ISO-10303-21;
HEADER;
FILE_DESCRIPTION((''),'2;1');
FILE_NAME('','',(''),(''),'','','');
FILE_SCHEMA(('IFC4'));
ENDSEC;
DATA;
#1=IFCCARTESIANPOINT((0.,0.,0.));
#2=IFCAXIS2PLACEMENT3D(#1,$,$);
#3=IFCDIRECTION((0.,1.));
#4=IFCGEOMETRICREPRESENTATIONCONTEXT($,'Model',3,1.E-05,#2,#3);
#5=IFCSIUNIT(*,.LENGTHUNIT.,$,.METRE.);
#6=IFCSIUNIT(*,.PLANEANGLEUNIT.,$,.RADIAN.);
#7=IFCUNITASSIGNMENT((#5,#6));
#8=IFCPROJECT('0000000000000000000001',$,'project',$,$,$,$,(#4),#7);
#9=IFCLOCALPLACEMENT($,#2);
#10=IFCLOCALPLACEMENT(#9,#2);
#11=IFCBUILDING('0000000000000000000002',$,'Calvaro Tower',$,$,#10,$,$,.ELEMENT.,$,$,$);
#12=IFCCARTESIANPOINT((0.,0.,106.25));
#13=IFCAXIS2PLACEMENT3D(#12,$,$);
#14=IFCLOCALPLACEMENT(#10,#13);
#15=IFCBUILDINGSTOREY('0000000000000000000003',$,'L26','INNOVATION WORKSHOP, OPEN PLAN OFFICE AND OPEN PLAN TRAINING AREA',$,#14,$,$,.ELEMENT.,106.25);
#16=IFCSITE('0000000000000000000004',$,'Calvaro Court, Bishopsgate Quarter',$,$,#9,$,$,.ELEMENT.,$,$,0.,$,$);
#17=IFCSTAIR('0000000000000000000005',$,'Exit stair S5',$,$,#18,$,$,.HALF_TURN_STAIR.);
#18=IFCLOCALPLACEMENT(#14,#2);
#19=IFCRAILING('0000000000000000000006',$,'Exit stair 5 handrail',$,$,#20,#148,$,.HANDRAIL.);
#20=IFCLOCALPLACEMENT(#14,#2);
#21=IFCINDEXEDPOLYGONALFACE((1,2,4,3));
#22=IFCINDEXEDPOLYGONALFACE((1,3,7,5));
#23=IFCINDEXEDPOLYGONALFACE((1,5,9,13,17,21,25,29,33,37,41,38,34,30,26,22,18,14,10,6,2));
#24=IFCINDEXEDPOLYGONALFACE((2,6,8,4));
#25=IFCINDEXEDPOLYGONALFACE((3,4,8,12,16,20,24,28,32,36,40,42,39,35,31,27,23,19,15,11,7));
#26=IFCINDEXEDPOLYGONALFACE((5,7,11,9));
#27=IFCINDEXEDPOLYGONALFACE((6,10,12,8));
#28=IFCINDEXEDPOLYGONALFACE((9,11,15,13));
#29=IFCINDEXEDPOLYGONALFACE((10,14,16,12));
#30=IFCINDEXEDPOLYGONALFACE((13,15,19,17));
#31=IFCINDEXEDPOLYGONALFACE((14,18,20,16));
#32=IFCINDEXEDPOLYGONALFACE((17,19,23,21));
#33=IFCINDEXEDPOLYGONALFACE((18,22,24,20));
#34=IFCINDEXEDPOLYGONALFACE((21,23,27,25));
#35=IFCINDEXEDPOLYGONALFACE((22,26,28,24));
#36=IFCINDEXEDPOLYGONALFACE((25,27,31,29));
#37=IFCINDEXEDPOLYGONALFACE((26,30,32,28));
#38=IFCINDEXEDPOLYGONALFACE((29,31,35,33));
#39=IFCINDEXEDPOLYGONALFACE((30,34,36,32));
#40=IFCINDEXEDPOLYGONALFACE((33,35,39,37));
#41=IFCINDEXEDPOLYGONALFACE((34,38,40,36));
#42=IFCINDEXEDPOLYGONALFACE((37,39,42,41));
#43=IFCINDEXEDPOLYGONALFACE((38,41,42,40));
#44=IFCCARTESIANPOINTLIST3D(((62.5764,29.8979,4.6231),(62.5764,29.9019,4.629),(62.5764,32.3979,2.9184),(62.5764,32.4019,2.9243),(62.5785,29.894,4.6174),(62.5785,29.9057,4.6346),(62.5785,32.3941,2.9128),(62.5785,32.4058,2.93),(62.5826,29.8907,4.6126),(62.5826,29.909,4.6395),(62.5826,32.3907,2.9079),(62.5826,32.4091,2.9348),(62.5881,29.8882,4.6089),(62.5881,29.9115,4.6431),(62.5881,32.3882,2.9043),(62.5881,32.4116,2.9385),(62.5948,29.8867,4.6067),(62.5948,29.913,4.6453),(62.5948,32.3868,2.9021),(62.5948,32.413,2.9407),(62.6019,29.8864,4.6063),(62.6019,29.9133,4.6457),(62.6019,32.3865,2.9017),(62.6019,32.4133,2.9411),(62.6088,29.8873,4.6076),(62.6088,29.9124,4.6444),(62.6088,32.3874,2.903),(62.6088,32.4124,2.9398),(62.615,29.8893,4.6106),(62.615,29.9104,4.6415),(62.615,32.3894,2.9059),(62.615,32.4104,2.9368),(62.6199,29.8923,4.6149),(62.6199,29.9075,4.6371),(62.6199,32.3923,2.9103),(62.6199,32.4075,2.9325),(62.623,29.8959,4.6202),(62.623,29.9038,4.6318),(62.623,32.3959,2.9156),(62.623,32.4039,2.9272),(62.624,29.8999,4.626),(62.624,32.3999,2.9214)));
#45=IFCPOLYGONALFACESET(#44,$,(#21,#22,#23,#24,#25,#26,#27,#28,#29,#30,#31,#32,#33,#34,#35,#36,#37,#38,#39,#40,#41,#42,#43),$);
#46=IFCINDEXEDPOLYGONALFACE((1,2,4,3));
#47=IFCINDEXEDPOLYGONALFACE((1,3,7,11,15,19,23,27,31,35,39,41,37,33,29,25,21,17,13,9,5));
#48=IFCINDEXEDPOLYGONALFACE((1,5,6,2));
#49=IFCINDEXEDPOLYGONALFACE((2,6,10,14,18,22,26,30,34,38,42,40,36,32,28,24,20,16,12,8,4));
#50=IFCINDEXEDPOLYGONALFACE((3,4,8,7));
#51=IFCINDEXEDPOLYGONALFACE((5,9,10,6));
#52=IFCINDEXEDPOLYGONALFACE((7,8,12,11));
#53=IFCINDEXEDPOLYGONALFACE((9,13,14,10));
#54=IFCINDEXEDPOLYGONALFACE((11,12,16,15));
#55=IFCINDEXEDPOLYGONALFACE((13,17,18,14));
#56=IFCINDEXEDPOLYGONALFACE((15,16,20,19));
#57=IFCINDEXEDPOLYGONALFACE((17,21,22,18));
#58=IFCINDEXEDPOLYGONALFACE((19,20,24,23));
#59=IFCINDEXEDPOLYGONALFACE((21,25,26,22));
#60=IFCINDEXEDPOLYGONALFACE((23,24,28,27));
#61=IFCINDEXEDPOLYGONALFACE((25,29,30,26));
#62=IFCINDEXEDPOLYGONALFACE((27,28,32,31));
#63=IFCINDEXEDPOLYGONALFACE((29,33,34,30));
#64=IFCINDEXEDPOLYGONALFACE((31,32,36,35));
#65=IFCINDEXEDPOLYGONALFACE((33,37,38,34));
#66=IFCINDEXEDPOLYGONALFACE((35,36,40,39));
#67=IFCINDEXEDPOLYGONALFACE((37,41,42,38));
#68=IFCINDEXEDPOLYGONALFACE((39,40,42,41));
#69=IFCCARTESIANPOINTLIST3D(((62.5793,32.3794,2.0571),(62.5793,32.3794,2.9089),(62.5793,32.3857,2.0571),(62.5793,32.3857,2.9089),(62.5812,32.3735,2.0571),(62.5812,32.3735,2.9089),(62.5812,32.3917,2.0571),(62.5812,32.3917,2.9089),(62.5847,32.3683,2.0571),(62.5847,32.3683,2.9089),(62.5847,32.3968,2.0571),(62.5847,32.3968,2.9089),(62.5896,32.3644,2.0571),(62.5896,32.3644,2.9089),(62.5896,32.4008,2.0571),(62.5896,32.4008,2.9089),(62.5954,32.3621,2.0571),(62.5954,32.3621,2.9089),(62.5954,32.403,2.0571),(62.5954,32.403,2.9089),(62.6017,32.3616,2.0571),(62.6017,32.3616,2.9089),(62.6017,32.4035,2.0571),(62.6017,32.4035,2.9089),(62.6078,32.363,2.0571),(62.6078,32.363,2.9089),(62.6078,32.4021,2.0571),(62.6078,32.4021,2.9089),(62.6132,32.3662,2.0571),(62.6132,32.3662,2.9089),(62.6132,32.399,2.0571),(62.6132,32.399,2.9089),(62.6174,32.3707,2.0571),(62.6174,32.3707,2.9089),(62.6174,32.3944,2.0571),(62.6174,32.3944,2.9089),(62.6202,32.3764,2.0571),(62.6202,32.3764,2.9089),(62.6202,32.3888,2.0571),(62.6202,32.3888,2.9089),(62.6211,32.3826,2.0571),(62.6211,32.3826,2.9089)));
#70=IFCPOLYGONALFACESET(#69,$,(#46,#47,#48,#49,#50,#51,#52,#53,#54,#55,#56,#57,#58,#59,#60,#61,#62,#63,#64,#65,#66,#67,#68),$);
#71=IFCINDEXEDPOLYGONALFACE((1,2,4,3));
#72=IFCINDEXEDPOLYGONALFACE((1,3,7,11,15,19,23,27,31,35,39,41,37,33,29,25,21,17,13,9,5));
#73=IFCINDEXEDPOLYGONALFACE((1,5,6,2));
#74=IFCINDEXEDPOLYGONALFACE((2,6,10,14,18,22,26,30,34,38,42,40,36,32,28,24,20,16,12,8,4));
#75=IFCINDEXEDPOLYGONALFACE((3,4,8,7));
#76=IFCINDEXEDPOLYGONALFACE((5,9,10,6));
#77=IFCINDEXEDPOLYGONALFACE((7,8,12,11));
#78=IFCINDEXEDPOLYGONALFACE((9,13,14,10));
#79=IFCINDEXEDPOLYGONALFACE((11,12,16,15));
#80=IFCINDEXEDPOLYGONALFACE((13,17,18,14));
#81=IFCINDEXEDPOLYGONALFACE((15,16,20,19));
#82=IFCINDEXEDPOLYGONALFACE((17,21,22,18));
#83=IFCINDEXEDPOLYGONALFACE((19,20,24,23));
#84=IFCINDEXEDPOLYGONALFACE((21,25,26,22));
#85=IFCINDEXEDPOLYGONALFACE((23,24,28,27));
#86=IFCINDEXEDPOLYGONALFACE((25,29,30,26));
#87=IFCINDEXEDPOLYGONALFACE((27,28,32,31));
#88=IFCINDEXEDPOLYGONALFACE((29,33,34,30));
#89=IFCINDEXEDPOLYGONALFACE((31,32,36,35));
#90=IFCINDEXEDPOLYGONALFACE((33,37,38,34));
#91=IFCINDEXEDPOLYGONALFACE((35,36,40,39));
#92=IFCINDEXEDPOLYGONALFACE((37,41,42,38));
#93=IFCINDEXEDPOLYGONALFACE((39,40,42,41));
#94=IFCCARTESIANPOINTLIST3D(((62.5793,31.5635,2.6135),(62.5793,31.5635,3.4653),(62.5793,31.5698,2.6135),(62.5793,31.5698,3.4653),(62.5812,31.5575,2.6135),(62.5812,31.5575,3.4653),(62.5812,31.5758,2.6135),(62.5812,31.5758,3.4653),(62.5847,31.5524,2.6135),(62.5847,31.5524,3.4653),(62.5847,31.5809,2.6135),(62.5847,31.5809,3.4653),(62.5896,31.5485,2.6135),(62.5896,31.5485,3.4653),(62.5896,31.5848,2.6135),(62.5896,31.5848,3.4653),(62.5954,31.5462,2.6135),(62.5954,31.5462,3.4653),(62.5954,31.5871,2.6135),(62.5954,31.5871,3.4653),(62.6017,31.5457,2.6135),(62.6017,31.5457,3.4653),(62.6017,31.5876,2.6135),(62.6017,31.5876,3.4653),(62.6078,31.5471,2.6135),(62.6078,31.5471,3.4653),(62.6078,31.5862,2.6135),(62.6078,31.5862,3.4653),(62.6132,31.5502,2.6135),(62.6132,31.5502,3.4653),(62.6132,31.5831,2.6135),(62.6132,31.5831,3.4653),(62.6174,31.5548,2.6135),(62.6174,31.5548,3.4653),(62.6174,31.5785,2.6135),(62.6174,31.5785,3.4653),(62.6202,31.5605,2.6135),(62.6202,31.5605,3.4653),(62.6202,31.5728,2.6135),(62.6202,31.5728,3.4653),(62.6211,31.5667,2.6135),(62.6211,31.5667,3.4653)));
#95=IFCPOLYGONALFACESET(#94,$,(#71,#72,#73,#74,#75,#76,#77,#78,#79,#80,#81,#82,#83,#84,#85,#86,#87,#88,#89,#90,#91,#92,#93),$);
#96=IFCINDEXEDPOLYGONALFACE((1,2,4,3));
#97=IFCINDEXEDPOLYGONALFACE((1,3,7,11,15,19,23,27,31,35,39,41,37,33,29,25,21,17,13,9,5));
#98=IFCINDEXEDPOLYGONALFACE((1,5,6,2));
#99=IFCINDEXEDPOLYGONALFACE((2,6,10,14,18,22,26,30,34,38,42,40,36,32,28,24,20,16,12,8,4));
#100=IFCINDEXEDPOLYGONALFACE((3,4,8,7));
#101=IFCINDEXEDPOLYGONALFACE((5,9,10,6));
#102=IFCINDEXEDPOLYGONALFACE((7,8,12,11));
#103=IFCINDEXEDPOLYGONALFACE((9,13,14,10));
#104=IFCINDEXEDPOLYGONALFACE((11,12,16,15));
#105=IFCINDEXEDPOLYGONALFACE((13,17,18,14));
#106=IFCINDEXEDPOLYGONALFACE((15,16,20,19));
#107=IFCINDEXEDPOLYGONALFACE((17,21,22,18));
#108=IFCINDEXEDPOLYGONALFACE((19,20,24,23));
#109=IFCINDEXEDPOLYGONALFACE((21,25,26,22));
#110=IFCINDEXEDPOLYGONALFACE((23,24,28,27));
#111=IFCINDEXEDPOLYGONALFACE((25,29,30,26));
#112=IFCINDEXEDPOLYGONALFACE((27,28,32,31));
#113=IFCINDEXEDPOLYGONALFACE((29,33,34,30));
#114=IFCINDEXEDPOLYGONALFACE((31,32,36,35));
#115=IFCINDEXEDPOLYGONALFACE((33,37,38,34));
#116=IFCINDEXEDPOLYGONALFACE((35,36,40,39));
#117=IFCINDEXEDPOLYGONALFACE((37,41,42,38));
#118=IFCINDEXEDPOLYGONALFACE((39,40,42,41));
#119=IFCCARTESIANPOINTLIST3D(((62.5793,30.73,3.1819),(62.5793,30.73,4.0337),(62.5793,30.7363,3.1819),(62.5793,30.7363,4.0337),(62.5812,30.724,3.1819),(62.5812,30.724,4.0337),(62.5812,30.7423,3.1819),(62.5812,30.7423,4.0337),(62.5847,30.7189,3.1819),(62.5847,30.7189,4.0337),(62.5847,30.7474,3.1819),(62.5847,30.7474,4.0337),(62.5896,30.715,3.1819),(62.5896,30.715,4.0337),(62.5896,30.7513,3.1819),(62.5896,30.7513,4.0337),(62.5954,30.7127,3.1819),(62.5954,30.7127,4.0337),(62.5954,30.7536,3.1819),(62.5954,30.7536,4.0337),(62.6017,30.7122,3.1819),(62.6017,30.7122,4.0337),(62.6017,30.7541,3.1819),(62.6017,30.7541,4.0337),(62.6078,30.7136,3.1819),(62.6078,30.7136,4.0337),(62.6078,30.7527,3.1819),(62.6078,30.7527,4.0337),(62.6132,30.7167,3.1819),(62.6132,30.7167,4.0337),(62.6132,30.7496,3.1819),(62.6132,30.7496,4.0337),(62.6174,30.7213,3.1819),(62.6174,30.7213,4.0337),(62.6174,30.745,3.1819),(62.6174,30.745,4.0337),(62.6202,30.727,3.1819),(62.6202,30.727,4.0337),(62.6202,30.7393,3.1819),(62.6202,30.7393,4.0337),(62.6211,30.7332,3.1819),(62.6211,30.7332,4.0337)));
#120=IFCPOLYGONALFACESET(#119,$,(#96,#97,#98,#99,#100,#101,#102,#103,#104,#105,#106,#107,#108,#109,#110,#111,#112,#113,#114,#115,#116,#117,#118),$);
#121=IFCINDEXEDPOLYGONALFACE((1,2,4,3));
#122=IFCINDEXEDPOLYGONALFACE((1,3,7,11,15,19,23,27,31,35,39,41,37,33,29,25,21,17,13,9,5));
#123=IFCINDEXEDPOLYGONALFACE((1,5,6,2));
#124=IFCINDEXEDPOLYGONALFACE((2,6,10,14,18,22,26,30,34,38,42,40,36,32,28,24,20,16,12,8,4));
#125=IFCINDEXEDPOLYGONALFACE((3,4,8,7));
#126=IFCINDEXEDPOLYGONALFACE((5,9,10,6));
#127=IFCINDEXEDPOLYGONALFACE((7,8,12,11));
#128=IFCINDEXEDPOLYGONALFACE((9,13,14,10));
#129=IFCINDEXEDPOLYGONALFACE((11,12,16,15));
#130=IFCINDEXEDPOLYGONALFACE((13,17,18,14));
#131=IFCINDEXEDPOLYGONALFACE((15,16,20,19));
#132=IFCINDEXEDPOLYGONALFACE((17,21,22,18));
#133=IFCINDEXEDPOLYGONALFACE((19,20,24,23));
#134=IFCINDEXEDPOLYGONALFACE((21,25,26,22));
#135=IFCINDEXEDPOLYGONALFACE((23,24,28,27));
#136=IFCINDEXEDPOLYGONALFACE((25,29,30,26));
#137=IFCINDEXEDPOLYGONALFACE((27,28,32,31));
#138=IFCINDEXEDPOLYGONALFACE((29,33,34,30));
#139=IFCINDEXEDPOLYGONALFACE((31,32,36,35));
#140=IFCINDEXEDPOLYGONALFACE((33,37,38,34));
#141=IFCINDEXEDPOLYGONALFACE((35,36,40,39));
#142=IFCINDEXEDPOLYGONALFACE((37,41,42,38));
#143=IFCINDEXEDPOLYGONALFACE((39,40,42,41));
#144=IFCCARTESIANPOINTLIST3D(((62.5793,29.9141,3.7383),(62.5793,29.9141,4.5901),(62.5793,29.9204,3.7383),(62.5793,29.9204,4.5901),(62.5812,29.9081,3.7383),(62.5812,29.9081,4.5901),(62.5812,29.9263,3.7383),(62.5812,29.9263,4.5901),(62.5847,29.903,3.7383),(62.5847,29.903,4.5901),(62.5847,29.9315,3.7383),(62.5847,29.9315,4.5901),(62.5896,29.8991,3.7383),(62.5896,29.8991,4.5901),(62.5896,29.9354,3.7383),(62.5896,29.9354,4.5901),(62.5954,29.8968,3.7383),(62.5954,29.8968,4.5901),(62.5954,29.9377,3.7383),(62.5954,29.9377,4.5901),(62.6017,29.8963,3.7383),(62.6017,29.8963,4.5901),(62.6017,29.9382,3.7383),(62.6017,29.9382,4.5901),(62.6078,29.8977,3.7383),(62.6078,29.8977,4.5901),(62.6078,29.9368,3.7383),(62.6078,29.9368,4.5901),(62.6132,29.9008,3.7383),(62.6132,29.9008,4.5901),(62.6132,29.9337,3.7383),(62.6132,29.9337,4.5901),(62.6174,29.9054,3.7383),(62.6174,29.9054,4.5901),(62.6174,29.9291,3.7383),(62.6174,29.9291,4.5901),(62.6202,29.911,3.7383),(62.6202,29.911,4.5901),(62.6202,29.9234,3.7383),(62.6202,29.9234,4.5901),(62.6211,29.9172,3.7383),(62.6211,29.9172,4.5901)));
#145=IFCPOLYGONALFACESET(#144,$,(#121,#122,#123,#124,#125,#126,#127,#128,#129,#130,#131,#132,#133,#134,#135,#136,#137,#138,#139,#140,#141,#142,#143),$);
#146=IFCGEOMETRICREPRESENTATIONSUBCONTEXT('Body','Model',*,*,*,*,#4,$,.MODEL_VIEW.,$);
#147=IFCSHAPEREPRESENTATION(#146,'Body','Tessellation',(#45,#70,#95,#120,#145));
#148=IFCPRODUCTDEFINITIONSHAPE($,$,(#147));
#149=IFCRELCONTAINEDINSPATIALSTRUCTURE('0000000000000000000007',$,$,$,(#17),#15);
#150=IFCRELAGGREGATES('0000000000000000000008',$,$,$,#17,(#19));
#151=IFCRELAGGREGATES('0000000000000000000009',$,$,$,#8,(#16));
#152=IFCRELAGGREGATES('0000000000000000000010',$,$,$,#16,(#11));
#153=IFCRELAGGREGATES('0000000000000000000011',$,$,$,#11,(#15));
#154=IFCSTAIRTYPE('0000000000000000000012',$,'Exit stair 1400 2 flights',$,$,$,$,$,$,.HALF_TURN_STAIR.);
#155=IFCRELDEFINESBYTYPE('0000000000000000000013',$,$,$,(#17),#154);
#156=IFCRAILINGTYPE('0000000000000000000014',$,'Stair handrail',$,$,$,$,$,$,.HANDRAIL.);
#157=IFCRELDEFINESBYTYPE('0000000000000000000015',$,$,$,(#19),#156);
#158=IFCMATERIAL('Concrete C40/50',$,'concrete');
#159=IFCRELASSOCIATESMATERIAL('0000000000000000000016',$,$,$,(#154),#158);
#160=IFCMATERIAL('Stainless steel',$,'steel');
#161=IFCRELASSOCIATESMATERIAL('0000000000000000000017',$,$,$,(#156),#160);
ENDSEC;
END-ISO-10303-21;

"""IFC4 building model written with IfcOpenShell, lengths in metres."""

from ifc_helpers import new_model, si_unit, direction, frame, origin, origin_2d, place, context, subcontext, project, spatial, circle, extrude, material, type_object, element, aggregate, save


model = new_model("IFC4")

# Units and contexts
model_context = context("Model", 3, precision=1e-05, world=origin(), true_north=direction((0.0, 1.0)))
body_context = subcontext(model_context, "Body", "Model", "MODEL_VIEW")
ifc_project = project(units=[si_unit("LENGTHUNIT", "METRE"), si_unit("PLANEANGLEUNIT", "RADIAN")], contexts=[model_context])

# Site, building, storey
site_placement = place(None, origin())
site = spatial("IfcSite", under=ifc_project, at=site_placement, Name="Calvaro Court, Bishopsgate Quarter", CompositionType="ELEMENT", RefElevation=0.0)
building_placement = place(site_placement, origin())
building = spatial("IfcBuilding", under=site, at=building_placement, Name="Calvaro Tower", CompositionType="ELEMENT")
storey_placement = place(building_placement, frame((0.0, 0.0, 106.25)))
storey = spatial("IfcBuildingStorey", under=building, at=storey_placement, Name="L26", Description="INNOVATION WORKSHOP, OPEN PLAN OFFICE AND OPEN PLAN TRAINING AREA", CompositionType="ELEMENT", Elevation=106.25)

# Stair, railing
ifc_material_1 = material(Name="Concrete C40/50", Category="concrete")
stair_type = type_object("IfcStairType", Name="Exit stair 1400 2 flights", PredefinedType="HALF_TURN_STAIR", material=ifc_material_1)
stair_placement = place(storey_placement, origin())
stair = element("IfcStair", 1, at=stair_placement, inside=storey, type_object=stair_type, Name="Exit stair S5", PredefinedType="HALF_TURN_STAIR")
ifc_material_2 = material(Name="Stainless steel", Category="steel")
railing_type = type_object("IfcRailingType", Name="Stair handrail", PredefinedType="HANDRAIL", material=ifc_material_2)
railing_1_placement = place(storey_placement, frame((62.6001, 32.3999, 2.0454)))
railing_1 = element("IfcRailing", 2, at=railing_1_placement, type_object=railing_type, Name="Exit stair 5 handrail", PredefinedType="HANDRAIL", context=body_context, shape_type="SweptSolid", body=[
    extrude(circle(Radius=0.0239, at=origin_2d()), frame((0.0, 0.0, 0.876), z_axis=(0.0, -0.826221, 0.563347), x_axis=(1.0, 0.0, 0.0)), (0.0, 0.0, 1.0), 3.0259),
    extrude(circle(Radius=0.021, at=origin_2d()), frame((0.0, -0.0173, 0.0117)), (0.0, 0.0, 1.0), 0.8518),
    extrude(circle(Radius=0.021, at=origin_2d()), frame((0.0, -0.8333, 0.5681)), (0.0, 0.0, 1.0), 0.8518),
    extrude(circle(Radius=0.021, at=origin_2d()), frame((0.0, -1.6667, 1.1365)), (0.0, 0.0, 1.0), 0.8518),
    extrude(circle(Radius=0.021, at=origin_2d()), frame((0.0, -2.4827, 1.6929)), (0.0, 0.0, 1.0), 0.8518),
])
aggregate(stair, [railing_1])

save(model, "model.ifc")
